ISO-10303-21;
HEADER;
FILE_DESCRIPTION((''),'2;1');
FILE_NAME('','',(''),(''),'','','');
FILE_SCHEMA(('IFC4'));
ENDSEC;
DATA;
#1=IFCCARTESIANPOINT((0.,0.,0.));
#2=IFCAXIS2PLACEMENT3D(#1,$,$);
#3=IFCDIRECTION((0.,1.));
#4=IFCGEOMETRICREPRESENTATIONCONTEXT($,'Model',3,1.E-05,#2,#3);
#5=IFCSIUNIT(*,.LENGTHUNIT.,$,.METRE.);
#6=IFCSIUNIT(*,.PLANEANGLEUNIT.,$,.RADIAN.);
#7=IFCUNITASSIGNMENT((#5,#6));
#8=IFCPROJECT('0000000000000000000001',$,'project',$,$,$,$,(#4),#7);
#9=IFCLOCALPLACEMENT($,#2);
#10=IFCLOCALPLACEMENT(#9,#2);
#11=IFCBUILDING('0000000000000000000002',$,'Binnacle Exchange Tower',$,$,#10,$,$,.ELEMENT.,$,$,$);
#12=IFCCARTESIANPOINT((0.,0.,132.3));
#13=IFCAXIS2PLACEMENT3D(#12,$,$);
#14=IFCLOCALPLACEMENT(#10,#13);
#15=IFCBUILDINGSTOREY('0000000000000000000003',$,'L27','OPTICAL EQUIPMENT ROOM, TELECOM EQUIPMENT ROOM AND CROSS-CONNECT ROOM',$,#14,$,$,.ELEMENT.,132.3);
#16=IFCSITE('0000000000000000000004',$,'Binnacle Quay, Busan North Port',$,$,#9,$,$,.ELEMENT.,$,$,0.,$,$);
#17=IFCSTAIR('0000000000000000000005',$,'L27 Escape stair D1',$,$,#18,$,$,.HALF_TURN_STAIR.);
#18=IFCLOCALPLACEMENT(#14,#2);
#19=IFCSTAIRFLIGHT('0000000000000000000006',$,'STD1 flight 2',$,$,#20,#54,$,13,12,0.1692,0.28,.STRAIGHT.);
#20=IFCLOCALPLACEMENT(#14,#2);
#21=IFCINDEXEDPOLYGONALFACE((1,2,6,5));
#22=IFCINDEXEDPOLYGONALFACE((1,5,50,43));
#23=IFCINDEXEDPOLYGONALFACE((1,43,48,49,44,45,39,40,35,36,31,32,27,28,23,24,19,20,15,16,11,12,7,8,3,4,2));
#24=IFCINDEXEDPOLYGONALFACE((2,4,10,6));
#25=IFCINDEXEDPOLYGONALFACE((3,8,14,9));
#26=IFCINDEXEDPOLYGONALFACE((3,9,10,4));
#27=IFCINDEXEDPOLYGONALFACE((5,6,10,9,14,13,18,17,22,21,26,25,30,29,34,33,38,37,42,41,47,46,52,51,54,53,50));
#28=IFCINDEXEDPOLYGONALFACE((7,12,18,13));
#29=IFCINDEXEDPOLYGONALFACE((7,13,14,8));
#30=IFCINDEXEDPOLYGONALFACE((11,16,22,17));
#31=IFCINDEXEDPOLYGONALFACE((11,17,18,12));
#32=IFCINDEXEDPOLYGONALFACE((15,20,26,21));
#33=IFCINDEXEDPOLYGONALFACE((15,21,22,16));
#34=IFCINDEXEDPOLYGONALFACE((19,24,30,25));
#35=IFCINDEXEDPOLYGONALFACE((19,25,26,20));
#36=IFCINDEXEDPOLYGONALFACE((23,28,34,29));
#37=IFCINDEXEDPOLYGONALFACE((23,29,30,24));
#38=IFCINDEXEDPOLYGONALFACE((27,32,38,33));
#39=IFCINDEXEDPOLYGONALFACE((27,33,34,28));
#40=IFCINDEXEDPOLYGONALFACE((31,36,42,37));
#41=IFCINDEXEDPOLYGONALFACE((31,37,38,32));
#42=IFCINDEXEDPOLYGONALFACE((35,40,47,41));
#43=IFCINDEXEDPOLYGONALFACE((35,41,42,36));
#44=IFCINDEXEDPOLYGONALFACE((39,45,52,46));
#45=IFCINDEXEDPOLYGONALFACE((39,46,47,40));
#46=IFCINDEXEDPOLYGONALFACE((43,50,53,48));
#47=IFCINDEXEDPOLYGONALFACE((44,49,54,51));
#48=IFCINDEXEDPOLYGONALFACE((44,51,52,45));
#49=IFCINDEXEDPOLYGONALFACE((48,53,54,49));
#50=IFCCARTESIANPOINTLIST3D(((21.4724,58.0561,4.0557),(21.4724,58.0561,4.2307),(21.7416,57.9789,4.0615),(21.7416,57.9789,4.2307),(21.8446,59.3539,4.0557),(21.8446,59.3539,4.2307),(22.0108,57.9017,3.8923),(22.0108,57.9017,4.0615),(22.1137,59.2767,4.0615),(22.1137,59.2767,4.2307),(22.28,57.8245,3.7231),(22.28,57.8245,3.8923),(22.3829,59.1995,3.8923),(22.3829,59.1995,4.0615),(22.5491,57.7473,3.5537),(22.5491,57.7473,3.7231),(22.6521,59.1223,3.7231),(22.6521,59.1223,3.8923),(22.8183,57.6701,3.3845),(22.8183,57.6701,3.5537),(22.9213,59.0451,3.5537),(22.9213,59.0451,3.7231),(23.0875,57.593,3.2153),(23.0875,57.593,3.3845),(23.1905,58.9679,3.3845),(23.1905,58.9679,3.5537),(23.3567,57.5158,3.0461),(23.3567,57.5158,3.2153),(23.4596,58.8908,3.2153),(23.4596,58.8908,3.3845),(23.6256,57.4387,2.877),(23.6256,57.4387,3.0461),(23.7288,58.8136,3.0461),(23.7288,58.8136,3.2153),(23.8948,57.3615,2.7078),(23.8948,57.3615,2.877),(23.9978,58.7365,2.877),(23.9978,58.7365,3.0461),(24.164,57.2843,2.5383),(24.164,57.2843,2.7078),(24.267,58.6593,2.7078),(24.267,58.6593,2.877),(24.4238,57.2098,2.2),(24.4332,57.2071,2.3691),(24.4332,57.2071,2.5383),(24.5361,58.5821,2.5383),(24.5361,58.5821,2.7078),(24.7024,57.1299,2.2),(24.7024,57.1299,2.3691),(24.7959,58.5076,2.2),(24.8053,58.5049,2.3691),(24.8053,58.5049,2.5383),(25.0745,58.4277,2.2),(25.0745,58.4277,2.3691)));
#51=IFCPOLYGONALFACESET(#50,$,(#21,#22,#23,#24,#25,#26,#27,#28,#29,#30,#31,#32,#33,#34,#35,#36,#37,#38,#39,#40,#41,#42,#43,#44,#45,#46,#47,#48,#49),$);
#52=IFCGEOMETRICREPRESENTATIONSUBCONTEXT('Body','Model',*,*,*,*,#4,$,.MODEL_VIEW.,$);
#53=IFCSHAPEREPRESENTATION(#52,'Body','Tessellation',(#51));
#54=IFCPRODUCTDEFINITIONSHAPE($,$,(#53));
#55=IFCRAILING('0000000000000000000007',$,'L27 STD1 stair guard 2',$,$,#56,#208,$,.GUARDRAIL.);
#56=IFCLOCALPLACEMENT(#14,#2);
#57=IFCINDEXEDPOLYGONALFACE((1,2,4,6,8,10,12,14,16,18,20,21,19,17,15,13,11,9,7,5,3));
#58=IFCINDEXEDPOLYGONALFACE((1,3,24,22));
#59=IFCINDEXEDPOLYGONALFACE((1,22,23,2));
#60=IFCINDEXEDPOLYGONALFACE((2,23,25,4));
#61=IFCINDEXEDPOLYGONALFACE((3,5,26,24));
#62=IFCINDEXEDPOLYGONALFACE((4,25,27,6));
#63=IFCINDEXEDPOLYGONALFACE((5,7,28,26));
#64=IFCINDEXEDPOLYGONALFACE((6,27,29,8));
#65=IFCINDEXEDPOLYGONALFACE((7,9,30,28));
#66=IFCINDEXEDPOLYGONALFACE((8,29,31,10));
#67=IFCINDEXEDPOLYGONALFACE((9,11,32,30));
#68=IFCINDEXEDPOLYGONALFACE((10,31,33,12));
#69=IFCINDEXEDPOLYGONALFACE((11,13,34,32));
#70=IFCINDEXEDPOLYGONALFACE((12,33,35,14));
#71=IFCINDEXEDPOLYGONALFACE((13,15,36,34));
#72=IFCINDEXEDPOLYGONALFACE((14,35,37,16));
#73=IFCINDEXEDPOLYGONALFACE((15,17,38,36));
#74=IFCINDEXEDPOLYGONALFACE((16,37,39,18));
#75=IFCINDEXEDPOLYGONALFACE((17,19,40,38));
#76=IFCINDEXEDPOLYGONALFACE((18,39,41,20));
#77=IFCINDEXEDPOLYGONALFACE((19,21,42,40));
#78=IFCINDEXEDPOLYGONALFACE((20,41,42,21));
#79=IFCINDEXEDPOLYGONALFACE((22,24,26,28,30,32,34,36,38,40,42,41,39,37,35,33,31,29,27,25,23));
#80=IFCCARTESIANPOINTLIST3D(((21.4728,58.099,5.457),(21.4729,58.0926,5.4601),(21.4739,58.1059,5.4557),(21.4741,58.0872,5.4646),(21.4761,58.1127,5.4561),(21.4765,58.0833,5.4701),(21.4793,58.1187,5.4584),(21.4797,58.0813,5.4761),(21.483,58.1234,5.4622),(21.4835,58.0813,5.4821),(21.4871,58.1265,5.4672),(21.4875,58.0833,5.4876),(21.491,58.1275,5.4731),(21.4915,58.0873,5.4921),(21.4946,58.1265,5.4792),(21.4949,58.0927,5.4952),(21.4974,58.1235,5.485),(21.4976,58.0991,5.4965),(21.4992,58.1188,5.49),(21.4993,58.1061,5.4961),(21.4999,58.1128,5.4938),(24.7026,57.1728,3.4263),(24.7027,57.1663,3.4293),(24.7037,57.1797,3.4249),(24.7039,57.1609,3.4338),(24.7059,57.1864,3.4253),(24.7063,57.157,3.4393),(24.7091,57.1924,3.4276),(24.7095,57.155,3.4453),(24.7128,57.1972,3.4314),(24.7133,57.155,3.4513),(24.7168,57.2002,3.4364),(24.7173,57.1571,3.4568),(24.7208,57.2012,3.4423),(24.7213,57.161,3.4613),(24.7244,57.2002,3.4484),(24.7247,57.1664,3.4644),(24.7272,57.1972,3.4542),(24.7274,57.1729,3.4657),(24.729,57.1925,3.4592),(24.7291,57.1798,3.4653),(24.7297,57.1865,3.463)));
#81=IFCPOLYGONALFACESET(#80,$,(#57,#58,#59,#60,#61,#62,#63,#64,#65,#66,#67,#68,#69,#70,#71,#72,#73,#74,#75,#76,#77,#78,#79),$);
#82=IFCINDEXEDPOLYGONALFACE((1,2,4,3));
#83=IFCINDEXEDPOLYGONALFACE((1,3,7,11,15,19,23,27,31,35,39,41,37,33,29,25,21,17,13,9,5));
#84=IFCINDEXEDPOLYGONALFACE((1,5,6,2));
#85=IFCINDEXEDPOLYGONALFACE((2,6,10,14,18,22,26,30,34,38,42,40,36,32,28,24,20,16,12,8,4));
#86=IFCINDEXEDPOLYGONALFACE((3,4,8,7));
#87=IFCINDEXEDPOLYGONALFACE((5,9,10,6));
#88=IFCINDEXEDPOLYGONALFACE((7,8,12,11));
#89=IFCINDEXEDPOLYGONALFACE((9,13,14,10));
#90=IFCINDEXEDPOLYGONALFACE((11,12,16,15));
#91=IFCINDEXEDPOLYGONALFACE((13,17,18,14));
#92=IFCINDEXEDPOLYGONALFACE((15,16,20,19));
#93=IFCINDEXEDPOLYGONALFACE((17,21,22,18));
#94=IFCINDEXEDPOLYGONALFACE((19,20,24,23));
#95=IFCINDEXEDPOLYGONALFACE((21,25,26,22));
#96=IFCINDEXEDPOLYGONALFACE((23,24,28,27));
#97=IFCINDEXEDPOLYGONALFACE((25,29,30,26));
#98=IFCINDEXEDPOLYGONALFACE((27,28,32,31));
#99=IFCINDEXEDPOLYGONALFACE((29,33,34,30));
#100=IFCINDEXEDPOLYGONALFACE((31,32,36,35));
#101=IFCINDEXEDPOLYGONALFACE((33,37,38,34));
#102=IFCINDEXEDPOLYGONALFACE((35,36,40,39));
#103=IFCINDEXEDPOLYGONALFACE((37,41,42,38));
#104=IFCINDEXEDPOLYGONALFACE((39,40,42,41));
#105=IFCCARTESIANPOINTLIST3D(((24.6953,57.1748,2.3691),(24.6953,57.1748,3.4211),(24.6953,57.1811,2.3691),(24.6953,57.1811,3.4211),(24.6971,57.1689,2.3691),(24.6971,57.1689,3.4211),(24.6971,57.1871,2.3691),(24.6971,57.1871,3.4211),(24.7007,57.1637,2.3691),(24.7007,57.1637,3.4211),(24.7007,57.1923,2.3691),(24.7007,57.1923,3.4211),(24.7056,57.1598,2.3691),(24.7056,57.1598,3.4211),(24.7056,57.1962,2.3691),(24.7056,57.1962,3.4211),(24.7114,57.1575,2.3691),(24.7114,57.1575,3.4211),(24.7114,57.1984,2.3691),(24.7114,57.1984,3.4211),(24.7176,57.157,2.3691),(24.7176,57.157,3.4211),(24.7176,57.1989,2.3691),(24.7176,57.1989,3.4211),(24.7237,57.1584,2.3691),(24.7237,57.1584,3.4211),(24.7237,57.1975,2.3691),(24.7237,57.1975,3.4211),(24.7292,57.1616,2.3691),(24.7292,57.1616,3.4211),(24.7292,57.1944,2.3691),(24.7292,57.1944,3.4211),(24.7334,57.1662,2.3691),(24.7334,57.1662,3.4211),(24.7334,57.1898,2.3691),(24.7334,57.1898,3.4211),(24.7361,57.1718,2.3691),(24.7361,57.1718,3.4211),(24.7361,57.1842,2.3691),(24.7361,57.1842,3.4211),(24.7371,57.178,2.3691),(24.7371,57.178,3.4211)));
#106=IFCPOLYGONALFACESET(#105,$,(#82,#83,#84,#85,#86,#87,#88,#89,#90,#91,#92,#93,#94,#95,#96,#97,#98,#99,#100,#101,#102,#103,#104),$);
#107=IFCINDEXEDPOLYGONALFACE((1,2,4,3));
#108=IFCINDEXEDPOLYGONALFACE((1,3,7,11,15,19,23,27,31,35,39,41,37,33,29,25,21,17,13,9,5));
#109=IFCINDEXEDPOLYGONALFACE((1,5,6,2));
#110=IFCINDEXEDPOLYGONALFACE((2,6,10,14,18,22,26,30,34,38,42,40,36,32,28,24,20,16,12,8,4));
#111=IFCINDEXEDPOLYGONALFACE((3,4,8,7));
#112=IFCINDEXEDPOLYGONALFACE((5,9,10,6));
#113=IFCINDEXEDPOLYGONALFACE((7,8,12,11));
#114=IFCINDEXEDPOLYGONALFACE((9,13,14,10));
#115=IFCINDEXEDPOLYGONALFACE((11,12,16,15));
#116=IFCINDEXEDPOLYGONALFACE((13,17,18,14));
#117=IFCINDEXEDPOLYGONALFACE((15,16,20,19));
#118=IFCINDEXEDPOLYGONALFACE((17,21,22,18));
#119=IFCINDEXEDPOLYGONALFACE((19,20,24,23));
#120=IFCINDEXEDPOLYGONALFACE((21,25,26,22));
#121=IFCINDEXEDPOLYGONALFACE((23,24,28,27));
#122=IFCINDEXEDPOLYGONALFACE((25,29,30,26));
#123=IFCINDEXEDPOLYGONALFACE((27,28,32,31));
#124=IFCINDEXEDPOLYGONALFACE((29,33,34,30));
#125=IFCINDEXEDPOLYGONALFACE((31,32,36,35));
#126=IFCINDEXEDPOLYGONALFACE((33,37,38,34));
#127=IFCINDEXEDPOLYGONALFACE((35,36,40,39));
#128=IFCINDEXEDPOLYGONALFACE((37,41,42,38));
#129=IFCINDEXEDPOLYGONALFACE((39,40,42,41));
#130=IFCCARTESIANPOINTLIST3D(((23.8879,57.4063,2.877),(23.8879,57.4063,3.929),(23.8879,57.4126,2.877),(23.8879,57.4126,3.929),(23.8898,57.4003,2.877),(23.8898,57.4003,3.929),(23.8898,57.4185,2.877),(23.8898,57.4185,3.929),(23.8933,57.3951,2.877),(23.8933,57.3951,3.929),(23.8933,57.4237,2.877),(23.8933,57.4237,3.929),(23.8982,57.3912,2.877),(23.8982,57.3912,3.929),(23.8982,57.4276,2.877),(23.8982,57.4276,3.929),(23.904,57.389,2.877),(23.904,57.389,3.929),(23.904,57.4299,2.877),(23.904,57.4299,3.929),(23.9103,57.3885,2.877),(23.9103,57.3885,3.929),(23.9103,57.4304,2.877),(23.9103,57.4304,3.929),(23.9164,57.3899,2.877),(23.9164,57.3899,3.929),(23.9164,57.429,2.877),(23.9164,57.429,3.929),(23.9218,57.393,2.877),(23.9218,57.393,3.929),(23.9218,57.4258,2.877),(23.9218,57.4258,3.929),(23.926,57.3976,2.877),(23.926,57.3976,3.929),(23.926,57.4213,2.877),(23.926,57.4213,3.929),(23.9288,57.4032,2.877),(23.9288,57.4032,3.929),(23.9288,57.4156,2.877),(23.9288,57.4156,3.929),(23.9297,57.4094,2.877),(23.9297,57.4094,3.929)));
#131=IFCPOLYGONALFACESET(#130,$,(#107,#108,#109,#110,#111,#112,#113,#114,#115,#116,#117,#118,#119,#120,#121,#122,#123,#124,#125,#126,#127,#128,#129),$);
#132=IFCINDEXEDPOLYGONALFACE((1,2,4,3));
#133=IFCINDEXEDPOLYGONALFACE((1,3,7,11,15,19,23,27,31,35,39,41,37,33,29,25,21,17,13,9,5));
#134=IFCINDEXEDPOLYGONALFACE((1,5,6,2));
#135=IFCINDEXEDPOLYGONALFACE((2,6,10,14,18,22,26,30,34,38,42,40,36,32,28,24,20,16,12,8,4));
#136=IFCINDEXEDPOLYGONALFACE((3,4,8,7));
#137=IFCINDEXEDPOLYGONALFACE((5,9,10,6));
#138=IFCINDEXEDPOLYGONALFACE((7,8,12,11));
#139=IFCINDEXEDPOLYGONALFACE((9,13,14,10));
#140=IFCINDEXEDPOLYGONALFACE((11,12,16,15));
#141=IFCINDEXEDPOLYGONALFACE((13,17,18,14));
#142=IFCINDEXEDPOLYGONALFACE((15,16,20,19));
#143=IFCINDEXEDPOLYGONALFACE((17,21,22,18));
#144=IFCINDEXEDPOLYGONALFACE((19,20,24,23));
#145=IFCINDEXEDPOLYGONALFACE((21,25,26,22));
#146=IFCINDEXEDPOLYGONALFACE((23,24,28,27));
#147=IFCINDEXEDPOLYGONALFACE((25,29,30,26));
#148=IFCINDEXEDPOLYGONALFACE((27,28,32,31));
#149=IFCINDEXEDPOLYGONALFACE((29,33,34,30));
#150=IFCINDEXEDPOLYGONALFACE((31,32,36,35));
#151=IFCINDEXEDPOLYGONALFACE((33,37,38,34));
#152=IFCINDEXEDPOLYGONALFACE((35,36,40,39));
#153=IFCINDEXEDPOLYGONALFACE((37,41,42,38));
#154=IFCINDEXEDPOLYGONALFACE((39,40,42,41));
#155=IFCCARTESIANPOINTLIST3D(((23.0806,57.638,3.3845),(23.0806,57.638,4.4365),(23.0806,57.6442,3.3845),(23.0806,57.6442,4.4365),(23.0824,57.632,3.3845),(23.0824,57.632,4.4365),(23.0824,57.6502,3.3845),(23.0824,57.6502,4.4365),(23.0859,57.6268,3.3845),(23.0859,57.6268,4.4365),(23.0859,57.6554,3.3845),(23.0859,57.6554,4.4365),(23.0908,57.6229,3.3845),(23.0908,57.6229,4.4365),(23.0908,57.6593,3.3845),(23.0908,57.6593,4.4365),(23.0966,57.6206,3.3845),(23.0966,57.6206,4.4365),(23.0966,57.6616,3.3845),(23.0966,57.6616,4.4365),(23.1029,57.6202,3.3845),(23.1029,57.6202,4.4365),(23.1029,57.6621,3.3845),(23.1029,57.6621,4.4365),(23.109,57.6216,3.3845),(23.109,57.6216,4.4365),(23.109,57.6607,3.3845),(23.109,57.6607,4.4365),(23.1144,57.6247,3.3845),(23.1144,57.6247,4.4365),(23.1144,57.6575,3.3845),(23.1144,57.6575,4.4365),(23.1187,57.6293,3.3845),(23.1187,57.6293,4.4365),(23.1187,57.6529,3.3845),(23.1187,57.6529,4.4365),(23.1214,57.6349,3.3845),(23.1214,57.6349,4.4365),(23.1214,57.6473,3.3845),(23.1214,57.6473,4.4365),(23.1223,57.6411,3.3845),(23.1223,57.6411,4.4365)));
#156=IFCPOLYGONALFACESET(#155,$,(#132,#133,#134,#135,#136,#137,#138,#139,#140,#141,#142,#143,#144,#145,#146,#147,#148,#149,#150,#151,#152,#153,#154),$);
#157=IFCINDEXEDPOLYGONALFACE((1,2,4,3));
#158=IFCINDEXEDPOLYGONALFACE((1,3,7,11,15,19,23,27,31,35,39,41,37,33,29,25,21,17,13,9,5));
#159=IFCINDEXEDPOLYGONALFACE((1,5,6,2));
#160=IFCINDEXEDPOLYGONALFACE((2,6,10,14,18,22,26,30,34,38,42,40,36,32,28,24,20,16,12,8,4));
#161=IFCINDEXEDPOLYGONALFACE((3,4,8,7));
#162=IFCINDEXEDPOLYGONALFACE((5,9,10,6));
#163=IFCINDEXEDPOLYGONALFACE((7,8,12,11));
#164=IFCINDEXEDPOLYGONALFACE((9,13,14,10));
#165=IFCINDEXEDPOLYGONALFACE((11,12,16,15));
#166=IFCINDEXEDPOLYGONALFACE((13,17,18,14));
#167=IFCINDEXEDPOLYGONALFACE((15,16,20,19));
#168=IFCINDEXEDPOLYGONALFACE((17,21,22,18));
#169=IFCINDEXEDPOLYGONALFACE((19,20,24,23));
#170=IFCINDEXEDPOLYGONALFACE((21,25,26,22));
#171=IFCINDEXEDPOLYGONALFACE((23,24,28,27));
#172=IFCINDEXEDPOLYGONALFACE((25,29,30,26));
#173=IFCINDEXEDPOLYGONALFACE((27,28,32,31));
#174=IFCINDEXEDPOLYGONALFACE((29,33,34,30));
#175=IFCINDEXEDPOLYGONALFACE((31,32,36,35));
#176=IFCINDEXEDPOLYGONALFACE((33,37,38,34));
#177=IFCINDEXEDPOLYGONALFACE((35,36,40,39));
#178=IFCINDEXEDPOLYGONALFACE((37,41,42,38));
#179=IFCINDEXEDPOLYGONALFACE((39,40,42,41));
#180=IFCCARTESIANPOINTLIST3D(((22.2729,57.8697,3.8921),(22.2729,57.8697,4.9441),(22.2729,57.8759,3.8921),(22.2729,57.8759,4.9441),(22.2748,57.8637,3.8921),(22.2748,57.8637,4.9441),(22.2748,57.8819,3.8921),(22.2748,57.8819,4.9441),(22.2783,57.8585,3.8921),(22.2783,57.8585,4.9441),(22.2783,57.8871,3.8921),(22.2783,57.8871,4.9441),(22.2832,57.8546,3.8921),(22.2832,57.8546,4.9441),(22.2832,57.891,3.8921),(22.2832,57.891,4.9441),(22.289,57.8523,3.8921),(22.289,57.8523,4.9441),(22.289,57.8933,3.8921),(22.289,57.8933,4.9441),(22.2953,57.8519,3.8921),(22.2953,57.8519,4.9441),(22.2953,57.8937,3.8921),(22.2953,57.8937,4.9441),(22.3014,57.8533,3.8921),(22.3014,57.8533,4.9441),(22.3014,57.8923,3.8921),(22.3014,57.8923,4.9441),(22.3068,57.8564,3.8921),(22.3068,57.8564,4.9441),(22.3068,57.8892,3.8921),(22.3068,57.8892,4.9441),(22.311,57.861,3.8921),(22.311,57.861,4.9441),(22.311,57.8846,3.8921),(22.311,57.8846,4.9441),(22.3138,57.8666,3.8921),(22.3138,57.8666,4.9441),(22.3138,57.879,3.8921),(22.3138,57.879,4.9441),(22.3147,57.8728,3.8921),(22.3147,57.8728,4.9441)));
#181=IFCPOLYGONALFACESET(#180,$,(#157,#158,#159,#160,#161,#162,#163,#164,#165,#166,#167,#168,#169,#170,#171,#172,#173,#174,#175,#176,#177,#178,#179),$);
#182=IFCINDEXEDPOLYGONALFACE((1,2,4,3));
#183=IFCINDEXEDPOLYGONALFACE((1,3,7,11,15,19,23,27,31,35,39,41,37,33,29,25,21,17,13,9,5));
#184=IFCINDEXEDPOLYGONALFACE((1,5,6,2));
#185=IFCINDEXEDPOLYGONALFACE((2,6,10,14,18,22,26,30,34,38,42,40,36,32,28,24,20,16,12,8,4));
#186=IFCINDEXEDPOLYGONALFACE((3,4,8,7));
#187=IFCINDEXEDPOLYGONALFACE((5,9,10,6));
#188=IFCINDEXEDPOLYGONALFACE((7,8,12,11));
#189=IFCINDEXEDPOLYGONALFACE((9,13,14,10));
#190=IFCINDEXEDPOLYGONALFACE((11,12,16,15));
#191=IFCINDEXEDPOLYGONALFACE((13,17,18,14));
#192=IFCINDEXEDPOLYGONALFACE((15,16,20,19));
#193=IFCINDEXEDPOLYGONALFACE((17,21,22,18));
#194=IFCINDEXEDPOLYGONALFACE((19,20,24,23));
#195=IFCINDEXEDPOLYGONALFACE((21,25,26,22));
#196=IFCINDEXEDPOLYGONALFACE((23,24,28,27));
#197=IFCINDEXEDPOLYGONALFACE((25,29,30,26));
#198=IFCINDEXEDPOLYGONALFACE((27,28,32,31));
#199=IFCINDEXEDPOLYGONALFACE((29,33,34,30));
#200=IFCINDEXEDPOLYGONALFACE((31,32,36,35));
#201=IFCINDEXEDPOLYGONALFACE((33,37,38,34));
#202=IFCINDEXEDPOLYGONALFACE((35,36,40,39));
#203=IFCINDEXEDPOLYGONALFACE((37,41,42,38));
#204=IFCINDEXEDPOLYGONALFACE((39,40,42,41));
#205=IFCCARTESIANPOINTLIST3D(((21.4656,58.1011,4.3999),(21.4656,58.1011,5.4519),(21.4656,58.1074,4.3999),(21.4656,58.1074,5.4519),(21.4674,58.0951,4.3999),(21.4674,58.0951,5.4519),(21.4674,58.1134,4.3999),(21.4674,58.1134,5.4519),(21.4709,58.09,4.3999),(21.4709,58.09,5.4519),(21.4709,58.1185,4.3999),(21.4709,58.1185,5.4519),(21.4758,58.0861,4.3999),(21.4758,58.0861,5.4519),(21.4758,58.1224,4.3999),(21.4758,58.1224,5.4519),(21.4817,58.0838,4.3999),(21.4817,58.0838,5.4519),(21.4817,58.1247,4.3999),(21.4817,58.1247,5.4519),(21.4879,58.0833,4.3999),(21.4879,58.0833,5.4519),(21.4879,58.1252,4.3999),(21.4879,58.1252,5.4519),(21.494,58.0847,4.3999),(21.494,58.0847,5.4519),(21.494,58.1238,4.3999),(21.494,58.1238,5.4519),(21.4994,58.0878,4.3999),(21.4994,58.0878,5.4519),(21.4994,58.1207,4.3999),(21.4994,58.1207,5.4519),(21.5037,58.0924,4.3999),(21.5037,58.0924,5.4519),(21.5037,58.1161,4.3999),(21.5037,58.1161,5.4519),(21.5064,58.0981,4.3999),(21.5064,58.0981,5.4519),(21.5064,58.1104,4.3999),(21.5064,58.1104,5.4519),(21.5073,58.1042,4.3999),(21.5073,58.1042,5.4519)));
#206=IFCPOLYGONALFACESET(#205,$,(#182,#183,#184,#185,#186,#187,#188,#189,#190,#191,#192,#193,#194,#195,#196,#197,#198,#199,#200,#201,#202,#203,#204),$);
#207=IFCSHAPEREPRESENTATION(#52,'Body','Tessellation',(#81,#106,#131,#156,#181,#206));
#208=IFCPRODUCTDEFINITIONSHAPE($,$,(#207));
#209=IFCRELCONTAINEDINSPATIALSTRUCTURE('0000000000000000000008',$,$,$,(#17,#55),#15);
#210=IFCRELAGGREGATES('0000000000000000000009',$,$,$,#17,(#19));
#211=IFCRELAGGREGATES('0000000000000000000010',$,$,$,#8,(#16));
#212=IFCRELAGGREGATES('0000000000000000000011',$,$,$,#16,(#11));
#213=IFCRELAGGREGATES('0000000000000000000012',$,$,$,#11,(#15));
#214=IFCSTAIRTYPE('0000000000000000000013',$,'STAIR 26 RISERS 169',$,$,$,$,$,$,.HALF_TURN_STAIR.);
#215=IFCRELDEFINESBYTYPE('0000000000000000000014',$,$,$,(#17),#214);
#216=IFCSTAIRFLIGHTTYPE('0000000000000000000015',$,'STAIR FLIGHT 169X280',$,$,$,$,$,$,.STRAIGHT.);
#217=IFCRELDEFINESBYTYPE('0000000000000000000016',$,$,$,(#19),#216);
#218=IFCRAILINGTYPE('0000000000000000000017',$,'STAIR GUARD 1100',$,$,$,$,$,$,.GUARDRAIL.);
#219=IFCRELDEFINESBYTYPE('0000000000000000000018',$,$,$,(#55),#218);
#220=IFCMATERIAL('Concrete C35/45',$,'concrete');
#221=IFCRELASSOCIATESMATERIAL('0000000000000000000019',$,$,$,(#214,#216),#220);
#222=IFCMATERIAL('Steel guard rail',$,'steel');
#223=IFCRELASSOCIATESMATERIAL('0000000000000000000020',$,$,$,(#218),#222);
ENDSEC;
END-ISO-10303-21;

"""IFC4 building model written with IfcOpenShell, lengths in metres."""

from ifc_helpers import new_model, si_unit, direction, frame, origin, origin_2d, place, context, subcontext, project, spatial, polyline, circle, outline, extrude, material, type_object, element, aggregate, save


model = new_model("IFC4")

# Units and contexts
model_context = context("Model", 3, precision=1e-05, world=origin(), true_north=direction((0.0, 1.0)))
body_context = subcontext(model_context, "Body", "Model", "MODEL_VIEW")
ifc_project = project(units=[si_unit("LENGTHUNIT", "METRE"), si_unit("PLANEANGLEUNIT", "RADIAN")], contexts=[model_context])

# Site, building, storey
site_placement = place(None, origin())
site = spatial("IfcSite", under=ifc_project, at=site_placement, Name="Binnacle Quay, Busan North Port", CompositionType="ELEMENT", RefElevation=0.0)
building_placement = place(site_placement, origin())
building = spatial("IfcBuilding", under=site, at=building_placement, Name="Binnacle Exchange Tower", CompositionType="ELEMENT")
storey_placement = place(building_placement, frame((0.0, 0.0, 132.3)))
storey = spatial("IfcBuildingStorey", under=building, at=storey_placement, Name="L27", Description="OPTICAL EQUIPMENT ROOM, TELECOM EQUIPMENT ROOM AND CROSS-CONNECT ROOM", CompositionType="ELEMENT", Elevation=132.3)

# Stair, stair flight
ifc_material_1 = material(Name="Concrete C35/45", Category="concrete")
stair_type = type_object("IfcStairType", Name="STAIR 26 RISERS 169", PredefinedType="HALF_TURN_STAIR", material=ifc_material_1)
stair_placement = place(storey_placement, origin())
stair = element("IfcStair", 1, at=stair_placement, inside=storey, type_object=stair_type, Name="L27 Escape stair D1", PredefinedType="HALF_TURN_STAIR")
stair_flight_type = type_object("IfcStairFlightType", Name="STAIR FLIGHT 169X280", PredefinedType="STRAIGHT", material=ifc_material_1)
stair_flight_1_placement = place(storey_placement, frame((24.8884, 57.7788, 2.2), z_axis=(0.0, 0.0, 1.0), x_axis=(-0.961262, 0.275637, 0.0)))
stair_flight_1 = element("IfcStairFlight", 2, at=stair_flight_1_placement, type_object=stair_flight_type, Name="STD1 flight 2", NumberOfRisers=13, NumberOfTreads=12, PredefinedType="STRAIGHT", RiserHeight=0.1692, TreadLength=0.28, context=body_context, shape_type="SweptSolid", body=[
    extrude(outline(polyline([(0.0, 0.0), (0.0, 0.1692), (0.28, 0.1692), (0.28, 0.3384), (0.5601, 0.3384), (0.5601, 0.5078), (0.8401, 0.5078), (0.8401, 0.677), (1.1201, 0.677), (1.1201, 0.8462), (1.3999, 0.8462), (1.3999, 1.0154), (1.6799, 1.0154), (1.6799, 1.1846), (1.96, 1.1846), (1.96, 1.3538), (2.24, 1.3538), (2.24, 1.5232), (2.52, 1.5232), (2.52, 1.6924), (2.8, 1.6924), (2.8, 1.8616), (3.0801, 1.8616), (3.0801, 2.0308), (3.3601, 2.0308), (3.3601, 2.2), (3.3601, 1.8557), (0.2898, 0.0), (0.0, 0.0)])), frame((0.0, 0.675, 0.0), z_axis=(0.0, -1.0, 0.0), x_axis=(1.0, 0.0, 0.0)), (0.0, 0.0, 1.0), 1.3501),
])
aggregate(stair, [stair_flight_1])

# Railing
ifc_material_2 = material(Name="Steel guard rail", Category="steel")
railing_type_1 = type_object("IfcRailingType", Name="STAIR GUARD 1100", PredefinedType="GUARDRAIL", material=ifc_material_2)
railing_1_placement = place(storey_placement, frame((24.7161, 57.178, 2.3691)))
element("IfcRailing", 3, at=railing_1_placement, inside=storey, type_object=railing_type_1, Name="L27 STD1 stair guard 2", PredefinedType="GUARDRAIL", context=body_context, shape_type="SweptSolid", body=[
    extrude(circle(Radius=0.0239, at=origin_2d()), frame((0.0, 0.0, 1.0762), z_axis=(-0.822661, 0.235935, 0.517265), x_axis=(-0.275681, -0.961249, 0.0)), (0.0, 0.0, 1.0), 3.926),
    extrude(circle(Radius=0.021, at=origin_2d()), origin(), (0.0, 0.0, 1.0), 1.052),
    extrude(circle(Radius=0.021, at=origin_2d()), frame((-0.8074, 0.2314, 0.5078)), (0.0, 0.0, 1.0), 1.052),
    extrude(circle(Radius=0.021, at=origin_2d()), frame((-1.6147, 0.4631, 1.0154)), (0.0, 0.0, 1.0), 1.052),
    extrude(circle(Radius=0.021, at=origin_2d()), frame((-2.4224, 0.6948, 1.5229)), (0.0, 0.0, 1.0), 1.052),
    extrude(circle(Radius=0.021, at=origin_2d()), frame((-3.2297, 0.9263, 2.0308)), (0.0, 0.0, 1.0), 1.052),
])

save(model, "model.ifc")
